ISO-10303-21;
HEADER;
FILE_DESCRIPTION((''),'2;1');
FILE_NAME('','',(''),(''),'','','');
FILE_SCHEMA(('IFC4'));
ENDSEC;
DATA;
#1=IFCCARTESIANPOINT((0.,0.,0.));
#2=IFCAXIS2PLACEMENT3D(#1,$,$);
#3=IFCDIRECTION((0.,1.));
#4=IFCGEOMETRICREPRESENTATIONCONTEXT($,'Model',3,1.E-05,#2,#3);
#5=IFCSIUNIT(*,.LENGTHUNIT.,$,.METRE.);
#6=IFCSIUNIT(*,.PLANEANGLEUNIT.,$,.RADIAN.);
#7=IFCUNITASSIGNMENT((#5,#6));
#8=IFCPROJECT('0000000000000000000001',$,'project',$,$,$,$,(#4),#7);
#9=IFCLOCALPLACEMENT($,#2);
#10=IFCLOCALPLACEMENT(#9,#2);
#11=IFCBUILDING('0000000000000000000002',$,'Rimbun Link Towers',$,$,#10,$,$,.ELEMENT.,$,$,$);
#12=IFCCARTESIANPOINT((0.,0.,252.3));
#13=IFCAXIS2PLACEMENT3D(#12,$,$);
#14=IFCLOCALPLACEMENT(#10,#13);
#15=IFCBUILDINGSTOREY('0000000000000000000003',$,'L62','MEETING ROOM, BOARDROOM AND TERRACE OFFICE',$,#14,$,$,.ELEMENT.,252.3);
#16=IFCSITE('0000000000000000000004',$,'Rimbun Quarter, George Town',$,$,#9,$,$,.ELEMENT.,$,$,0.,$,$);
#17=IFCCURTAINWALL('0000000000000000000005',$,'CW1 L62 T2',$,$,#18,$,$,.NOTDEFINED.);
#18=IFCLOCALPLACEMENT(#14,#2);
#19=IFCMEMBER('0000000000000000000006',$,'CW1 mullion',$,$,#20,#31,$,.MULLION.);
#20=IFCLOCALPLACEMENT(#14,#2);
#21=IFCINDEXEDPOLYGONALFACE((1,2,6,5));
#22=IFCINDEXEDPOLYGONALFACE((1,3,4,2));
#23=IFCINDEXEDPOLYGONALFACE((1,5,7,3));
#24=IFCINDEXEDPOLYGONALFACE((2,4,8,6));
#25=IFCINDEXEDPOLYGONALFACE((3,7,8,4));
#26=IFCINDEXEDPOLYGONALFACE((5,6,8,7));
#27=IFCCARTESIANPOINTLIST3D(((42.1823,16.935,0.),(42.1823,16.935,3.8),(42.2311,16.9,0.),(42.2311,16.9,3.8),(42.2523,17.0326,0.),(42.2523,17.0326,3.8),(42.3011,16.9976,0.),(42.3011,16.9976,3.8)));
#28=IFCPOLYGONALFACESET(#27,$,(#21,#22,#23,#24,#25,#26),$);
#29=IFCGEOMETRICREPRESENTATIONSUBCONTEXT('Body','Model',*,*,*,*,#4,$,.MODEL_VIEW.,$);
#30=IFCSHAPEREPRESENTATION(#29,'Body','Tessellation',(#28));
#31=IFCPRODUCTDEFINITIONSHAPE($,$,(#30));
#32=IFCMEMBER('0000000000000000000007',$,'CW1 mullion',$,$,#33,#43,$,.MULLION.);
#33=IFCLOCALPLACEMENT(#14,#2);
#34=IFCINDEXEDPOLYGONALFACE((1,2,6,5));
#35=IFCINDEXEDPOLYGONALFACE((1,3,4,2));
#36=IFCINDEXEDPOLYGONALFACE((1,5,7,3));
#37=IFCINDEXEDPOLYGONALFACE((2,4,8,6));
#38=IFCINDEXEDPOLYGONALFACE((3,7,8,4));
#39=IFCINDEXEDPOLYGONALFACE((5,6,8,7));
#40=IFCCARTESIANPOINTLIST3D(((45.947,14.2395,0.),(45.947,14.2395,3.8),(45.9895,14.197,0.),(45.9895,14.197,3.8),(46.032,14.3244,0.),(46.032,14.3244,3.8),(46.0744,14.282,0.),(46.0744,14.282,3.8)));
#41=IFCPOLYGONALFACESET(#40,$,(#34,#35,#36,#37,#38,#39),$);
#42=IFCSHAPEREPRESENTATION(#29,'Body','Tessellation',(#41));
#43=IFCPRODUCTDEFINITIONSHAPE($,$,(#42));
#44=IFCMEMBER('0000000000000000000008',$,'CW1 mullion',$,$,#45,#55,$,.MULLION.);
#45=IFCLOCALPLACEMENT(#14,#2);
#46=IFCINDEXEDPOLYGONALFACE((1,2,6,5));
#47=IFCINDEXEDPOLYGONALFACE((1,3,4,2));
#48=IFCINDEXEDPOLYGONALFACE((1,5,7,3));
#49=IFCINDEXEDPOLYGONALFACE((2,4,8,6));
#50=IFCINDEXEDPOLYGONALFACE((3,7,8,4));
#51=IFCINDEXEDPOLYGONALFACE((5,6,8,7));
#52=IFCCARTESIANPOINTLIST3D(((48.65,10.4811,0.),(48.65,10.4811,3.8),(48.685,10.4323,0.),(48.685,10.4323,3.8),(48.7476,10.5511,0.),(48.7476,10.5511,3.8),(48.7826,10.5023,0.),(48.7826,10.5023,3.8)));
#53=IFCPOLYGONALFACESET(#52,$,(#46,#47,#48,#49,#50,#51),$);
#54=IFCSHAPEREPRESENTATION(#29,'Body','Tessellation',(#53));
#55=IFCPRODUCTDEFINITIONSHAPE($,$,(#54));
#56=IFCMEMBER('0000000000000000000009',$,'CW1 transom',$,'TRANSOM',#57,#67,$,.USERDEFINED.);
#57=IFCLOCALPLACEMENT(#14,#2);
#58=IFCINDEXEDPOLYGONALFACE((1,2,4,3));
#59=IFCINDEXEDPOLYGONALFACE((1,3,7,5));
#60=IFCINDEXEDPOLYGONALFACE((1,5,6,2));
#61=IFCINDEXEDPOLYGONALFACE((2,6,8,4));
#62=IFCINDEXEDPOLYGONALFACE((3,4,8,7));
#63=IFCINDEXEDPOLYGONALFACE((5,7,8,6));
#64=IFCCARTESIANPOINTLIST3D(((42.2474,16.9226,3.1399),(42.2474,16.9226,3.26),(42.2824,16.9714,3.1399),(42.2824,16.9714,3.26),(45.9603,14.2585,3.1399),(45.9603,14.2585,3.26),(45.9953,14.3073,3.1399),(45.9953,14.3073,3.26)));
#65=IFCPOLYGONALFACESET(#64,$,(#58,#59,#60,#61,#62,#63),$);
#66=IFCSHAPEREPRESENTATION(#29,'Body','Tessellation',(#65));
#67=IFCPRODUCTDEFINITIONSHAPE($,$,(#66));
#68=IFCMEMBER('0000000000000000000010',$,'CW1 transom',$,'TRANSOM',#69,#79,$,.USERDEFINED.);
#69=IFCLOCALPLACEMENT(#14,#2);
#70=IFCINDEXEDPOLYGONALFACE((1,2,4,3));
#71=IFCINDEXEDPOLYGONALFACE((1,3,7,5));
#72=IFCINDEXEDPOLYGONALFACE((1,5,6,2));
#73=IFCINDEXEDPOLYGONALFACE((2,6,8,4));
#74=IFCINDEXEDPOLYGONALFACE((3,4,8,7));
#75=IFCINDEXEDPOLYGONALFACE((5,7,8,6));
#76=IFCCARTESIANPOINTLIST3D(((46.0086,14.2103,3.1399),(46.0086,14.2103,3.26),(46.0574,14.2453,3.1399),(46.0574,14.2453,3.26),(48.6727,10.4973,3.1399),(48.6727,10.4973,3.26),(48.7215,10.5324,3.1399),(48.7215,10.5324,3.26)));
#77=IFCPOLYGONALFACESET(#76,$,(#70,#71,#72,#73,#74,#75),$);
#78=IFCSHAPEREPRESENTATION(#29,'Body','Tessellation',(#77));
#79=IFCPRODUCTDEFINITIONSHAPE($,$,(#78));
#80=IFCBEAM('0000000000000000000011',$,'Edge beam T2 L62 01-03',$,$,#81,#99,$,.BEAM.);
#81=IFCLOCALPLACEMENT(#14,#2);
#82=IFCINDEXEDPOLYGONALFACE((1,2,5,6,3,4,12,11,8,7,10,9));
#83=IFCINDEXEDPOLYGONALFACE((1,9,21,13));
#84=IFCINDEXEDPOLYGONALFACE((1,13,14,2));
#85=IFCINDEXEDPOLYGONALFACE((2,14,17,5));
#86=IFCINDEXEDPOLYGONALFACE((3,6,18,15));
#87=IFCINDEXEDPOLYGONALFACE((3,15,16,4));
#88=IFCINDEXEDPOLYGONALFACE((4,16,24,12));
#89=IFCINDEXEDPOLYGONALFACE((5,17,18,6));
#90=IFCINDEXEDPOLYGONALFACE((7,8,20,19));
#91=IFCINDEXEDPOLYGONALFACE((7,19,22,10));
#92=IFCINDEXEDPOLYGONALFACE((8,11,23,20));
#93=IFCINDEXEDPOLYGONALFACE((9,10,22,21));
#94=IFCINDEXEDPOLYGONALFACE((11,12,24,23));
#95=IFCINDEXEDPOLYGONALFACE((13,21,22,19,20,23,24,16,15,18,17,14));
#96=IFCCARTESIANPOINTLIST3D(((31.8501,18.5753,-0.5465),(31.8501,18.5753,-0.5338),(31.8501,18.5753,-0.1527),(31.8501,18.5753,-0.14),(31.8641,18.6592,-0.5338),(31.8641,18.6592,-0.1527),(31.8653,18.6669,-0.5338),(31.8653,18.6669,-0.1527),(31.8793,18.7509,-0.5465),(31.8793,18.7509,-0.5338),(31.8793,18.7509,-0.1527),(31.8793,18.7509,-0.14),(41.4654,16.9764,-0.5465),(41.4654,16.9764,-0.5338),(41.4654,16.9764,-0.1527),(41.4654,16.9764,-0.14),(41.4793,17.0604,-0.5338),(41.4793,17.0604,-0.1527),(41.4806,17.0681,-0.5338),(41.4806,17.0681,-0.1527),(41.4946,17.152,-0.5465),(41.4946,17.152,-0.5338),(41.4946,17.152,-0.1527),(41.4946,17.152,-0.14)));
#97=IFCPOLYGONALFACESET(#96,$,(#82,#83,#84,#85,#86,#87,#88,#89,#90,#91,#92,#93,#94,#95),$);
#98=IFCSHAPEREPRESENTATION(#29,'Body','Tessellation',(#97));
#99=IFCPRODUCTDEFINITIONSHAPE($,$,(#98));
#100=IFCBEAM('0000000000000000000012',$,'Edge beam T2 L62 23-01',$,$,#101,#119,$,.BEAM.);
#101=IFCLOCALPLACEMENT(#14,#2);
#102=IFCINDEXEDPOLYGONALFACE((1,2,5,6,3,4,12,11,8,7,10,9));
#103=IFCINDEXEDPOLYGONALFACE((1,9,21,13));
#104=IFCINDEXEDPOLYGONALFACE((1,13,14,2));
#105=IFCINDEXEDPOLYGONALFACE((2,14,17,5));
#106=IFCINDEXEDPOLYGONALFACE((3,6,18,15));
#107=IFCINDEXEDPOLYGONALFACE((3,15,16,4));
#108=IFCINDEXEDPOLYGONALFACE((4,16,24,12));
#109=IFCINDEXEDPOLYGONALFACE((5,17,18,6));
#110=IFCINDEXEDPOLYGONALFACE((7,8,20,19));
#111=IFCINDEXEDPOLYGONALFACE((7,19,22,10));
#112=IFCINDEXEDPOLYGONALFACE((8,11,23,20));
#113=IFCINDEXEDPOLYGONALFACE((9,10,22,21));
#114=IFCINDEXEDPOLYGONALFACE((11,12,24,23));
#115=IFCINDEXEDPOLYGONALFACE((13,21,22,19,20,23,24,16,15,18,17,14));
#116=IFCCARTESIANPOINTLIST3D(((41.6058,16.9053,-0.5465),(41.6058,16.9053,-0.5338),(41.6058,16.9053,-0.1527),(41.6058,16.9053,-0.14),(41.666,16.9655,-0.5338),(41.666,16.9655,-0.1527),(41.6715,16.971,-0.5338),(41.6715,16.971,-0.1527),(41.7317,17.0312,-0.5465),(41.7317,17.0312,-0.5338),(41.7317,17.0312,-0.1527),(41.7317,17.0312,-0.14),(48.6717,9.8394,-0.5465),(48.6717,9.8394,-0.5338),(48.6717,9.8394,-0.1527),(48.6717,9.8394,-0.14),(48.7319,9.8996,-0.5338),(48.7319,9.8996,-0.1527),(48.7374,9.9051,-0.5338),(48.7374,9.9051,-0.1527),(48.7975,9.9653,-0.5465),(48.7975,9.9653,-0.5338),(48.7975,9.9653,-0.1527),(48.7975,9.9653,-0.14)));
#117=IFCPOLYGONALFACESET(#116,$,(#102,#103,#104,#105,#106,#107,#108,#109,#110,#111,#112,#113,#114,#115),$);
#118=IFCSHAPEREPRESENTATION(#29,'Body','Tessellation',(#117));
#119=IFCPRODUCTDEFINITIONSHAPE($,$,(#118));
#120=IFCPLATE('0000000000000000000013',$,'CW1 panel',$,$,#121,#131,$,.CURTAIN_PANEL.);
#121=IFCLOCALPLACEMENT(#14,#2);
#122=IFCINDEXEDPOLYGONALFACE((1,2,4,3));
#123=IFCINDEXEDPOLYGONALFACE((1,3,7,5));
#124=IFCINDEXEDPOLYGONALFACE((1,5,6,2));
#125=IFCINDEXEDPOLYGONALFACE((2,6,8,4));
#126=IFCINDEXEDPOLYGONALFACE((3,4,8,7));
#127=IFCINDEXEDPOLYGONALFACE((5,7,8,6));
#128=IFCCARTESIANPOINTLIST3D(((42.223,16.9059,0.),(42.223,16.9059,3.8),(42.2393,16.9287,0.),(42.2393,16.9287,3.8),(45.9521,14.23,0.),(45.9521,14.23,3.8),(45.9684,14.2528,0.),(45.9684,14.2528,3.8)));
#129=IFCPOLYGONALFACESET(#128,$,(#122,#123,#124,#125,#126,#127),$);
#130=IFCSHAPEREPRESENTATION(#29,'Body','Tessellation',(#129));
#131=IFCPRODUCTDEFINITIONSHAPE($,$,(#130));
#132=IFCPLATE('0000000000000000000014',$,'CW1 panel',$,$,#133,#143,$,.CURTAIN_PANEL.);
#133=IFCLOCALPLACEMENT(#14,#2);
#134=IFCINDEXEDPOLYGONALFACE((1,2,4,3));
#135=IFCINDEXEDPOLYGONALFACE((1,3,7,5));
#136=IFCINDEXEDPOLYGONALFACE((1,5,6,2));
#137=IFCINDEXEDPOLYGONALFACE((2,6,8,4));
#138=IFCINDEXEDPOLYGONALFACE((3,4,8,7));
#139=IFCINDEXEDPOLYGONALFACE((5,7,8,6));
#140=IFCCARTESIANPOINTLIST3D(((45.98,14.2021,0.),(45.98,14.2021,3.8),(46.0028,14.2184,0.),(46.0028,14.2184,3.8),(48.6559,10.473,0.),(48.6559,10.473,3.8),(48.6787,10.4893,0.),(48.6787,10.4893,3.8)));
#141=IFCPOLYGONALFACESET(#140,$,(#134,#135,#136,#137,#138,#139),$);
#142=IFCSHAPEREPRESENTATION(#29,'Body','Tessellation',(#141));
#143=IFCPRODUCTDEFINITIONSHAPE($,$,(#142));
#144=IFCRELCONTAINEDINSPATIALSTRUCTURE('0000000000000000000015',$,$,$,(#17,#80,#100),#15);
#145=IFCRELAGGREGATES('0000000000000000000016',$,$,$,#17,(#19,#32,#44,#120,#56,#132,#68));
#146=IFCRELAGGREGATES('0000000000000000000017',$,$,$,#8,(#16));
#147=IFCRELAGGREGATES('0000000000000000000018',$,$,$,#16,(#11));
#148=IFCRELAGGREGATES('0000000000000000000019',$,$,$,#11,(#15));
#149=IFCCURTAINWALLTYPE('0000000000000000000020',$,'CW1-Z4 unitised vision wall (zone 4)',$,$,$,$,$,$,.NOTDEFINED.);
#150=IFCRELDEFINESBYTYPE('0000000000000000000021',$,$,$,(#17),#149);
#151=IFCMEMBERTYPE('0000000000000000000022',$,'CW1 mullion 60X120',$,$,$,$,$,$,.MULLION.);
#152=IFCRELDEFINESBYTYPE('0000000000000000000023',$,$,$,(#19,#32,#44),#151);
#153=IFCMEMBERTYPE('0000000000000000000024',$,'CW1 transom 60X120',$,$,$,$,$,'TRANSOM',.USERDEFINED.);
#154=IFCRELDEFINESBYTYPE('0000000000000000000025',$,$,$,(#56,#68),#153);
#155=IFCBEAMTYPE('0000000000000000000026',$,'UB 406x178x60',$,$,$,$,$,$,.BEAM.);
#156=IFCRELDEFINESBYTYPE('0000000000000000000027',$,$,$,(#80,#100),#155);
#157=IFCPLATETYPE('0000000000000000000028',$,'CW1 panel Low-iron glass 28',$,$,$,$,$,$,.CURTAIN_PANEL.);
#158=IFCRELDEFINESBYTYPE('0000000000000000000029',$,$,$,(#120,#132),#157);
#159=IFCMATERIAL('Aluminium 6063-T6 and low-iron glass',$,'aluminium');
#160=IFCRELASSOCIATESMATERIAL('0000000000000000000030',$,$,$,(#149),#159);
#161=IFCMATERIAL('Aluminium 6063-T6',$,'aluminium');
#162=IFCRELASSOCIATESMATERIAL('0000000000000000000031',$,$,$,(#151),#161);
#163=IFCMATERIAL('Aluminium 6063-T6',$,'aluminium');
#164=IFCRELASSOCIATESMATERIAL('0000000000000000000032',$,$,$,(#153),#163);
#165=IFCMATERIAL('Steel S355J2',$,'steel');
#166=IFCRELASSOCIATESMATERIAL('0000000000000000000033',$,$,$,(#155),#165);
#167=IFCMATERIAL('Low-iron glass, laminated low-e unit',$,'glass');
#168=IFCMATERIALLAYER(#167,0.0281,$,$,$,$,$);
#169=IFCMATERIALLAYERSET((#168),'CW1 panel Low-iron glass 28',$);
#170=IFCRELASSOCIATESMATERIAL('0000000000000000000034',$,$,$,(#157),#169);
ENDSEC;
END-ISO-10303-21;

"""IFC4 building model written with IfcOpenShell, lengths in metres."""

from ifc_helpers import new_model, si_unit, direction, frame, origin, origin_2d, place, context, subcontext, project, spatial, rectangle, i_section, extrude, material, layer, layer_set, material_profile, profile_set, type_object, element, aggregate, save


model = new_model("IFC4")

# Units and contexts
model_context = context("Model", 3, precision=1e-05, world=origin(), true_north=direction((0.0, 1.0)))
body_context = subcontext(model_context, "Body", "Model", "MODEL_VIEW")
ifc_project = project(units=[si_unit("LENGTHUNIT", "METRE"), si_unit("PLANEANGLEUNIT", "RADIAN")], contexts=[model_context])

# Site, building, storey
site_placement = place(None, origin())
site = spatial("IfcSite", under=ifc_project, at=site_placement, Name="Rimbun Quarter, George Town", CompositionType="ELEMENT", RefElevation=0.0)
building_placement = place(site_placement, origin())
building = spatial("IfcBuilding", under=site, at=building_placement, Name="Rimbun Link Towers", CompositionType="ELEMENT")
storey_placement = place(building_placement, frame((0.0, 0.0, 252.3)))
storey = spatial("IfcBuildingStorey", under=building, at=storey_placement, Name="L62", Description="MEETING ROOM, BOARDROOM AND TERRACE OFFICE", CompositionType="ELEMENT", Elevation=252.3)

# Curtain wall, members
ifc_material_1 = material(Name="Aluminium 6063-T6 and low-iron glass", Category="aluminium")
curtain_wall_type = type_object("IfcCurtainWallType", Name="CW1-Z4 unitised vision wall (zone 4)", PredefinedType="NOTDEFINED", material=ifc_material_1)
curtain_wall_placement = place(storey_placement, origin())
curtain_wall = element("IfcCurtainWall", 1, at=curtain_wall_placement, inside=storey, type_object=curtain_wall_type, Name="CW1 L62 T2", PredefinedType="NOTDEFINED")
ifc_material_2 = material(Name="Aluminium 6063-T6", Category="aluminium")
ifc_material_profile_1 = material_profile(ifc_material_2, rectangle(XDim=0.1201, YDim=0.0601, at=origin_2d()), Name="MULLION 60X120")
ifc_profile_set_1 = profile_set([ifc_material_profile_1], Name="Aluminium 6063-T6")
member_type_1 = type_object("IfcMemberType", Name="CW1 mullion 60X120", PredefinedType="MULLION", material=ifc_profile_set_1)
member_1_placement = place(storey_placement, frame((42.2417, 16.9663, 0.0), z_axis=(0.0, 0.0, 1.0), x_axis=(0.583009, 0.812465, 0.0)))
member_1 = element("IfcMember", 2, at=member_1_placement, type_object=member_type_1, Name="CW1 mullion", PredefinedType="MULLION", context=body_context, shape_type="SweptSolid", body=[
    extrude(rectangle(XDim=0.1201, YDim=0.0601, at=origin_2d()), origin(), (0.0, 0.0, 1.0), 3.8),
])
member_2_placement = place(storey_placement, frame((46.0107, 14.2607, 0.0), z_axis=(0.0, 0.0, 1.0), x_axis=(0.707107, 0.707107, 0.0)))
member_2 = element("IfcMember", 3, at=member_2_placement, type_object=member_type_1, Name="CW1 mullion", PredefinedType="MULLION", context=body_context, shape_type="SweptSolid", body=[
    extrude(rectangle(XDim=0.1201, YDim=0.0601, at=origin_2d()), origin(), (0.0, 0.0, 1.0), 3.8),
])
member_3_placement = place(storey_placement, frame((48.7163, 10.4917, 0.0), z_axis=(0.0, 0.0, 1.0), x_axis=(0.812465, 0.583009, 0.0)))
member_3 = element("IfcMember", 4, at=member_3_placement, type_object=member_type_1, Name="CW1 mullion", PredefinedType="MULLION", context=body_context, shape_type="SweptSolid", body=[
    extrude(rectangle(XDim=0.1201, YDim=0.0601, at=origin_2d()), origin(), (0.0, 0.0, 1.0), 3.8),
])
ifc_material_3 = material(Name="Aluminium 6063-T6", Category="aluminium")
ifc_material_profile_2 = material_profile(ifc_material_3, rectangle(XDim=0.0601, YDim=0.1201, at=origin_2d()), Name="TRANSOM 60X120")
ifc_profile_set_2 = profile_set([ifc_material_profile_2], Name="Aluminium 6063-T6")
member_type_2 = type_object("IfcMemberType", Name="CW1 transom 60X120", ElementType="TRANSOM", PredefinedType="USERDEFINED", material=ifc_profile_set_2)
member_4_placement = place(storey_placement, frame((42.2649, 16.947, 3.2), z_axis=(0.81249, -0.582975, 0.0), x_axis=(0.582975, 0.81249, 0.0)))
member_4 = element("IfcMember", 5, at=member_4_placement, type_object=member_type_2, Name="CW1 transom", ObjectType="TRANSOM", PredefinedType="USERDEFINED", context=body_context, shape_type="SweptSolid", body=[
    extrude(rectangle(XDim=0.0601, YDim=0.1201, at=origin_2d()), origin(), (0.0, 0.0, 1.0), 4.5698),
])
member_5_placement = place(storey_placement, frame((46.033, 14.2278, 3.2), z_axis=(0.582975, -0.81249, 0.0), x_axis=(0.81249, 0.582975, 0.0)))
member_5 = element("IfcMember", 6, at=member_5_placement, type_object=member_type_2, Name="CW1 transom", ObjectType="TRANSOM", PredefinedType="USERDEFINED", context=body_context, shape_type="SweptSolid", body=[
    extrude(rectangle(XDim=0.0601, YDim=0.1201, at=origin_2d()), origin(), (0.0, 0.0, 1.0), 4.5698),
])

# Beams
ifc_material_4 = material(Name="Steel S355J2", Category="steel")
ifc_material_profile_3 = material_profile(ifc_material_4, i_section(OverallWidth=0.178, OverallDepth=0.4065, WebThickness=0.0078, FlangeThickness=0.0127, at=origin_2d()), Name="UB 406x178x60")
ifc_profile_set_3 = profile_set([ifc_material_profile_3], Name="Steel S355J2")
beam_type = type_object("IfcBeamType", Name="UB 406x178x60", PredefinedType="BEAM", material=ifc_profile_set_3)
beam_1_placement = place(storey_placement, frame((41.48, 17.0642, -0.3433), z_axis=(-0.986455, 0.164033, 0.0), x_axis=(-0.164033, -0.986455, 0.0)))
element("IfcBeam", 7, at=beam_1_placement, inside=storey, type_object=beam_type, Name="Edge beam T2 L62 01-03", PredefinedType="BEAM", context=body_context, shape_type="SweptSolid", body=[
    extrude(i_section(OverallWidth=0.178, OverallDepth=0.4065, WebThickness=0.0078, FlangeThickness=0.0127, at=origin_2d()), origin(), (0.0, 0.0, 1.0), 9.7473),
])
beam_2_placement = place(storey_placement, frame((48.7346, 9.9023, -0.3433), z_axis=(-0.707107, 0.707107, 0.0), x_axis=(-0.707107, -0.707107, 0.0)))
element("IfcBeam", 8, at=beam_2_placement, inside=storey, type_object=beam_type, Name="Edge beam T2 L62 23-01", PredefinedType="BEAM", context=body_context, shape_type="SweptSolid", body=[
    extrude(i_section(OverallWidth=0.178, OverallDepth=0.4065, WebThickness=0.0078, FlangeThickness=0.0127, at=origin_2d()), origin(), (0.0, 0.0, 1.0), 9.9927),
])

# Plates
ifc_material_5 = material(Name="Low-iron glass, laminated low-e unit", Category="glass")
ifc_layer_1 = layer(ifc_material_5, 0.0281)
ifc_layer_set_1 = layer_set([ifc_layer_1], Name="CW1 panel Low-iron glass 28")
plate_type = type_object("IfcPlateType", Name="CW1 panel Low-iron glass 28", PredefinedType="CURTAIN_PANEL", material=ifc_layer_set_1)
plate_1_placement = place(storey_placement, frame((44.0957, 15.5793, 0.0), z_axis=(0.0, 0.0, 1.0), x_axis=(0.812465, -0.583009, 0.0)))
plate_1 = element("IfcPlate", 9, at=plate_1_placement, type_object=plate_type, Name="CW1 panel", PredefinedType="CURTAIN_PANEL", context=body_context, shape_type="SweptSolid", body=[
    extrude(rectangle(XDim=4.5898, YDim=0.0281, at=origin_2d()), origin(), (0.0, 0.0, 1.0), 3.8),
])
plate_2_placement = place(storey_placement, frame((47.3293, 12.3457, 0.0), z_axis=(0.0, 0.0, 1.0), x_axis=(0.583009, -0.812465, 0.0)))
plate_2 = element("IfcPlate", 10, at=plate_2_placement, type_object=plate_type, Name="CW1 panel", PredefinedType="CURTAIN_PANEL", context=body_context, shape_type="SweptSolid", body=[
    extrude(rectangle(XDim=4.5898, YDim=0.0281, at=origin_2d()), origin(), (0.0, 0.0, 1.0), 3.8),
])
aggregate(curtain_wall, [member_1, member_2, member_3, plate_1, member_4, plate_2, member_5])

save(model, "model.ifc")
